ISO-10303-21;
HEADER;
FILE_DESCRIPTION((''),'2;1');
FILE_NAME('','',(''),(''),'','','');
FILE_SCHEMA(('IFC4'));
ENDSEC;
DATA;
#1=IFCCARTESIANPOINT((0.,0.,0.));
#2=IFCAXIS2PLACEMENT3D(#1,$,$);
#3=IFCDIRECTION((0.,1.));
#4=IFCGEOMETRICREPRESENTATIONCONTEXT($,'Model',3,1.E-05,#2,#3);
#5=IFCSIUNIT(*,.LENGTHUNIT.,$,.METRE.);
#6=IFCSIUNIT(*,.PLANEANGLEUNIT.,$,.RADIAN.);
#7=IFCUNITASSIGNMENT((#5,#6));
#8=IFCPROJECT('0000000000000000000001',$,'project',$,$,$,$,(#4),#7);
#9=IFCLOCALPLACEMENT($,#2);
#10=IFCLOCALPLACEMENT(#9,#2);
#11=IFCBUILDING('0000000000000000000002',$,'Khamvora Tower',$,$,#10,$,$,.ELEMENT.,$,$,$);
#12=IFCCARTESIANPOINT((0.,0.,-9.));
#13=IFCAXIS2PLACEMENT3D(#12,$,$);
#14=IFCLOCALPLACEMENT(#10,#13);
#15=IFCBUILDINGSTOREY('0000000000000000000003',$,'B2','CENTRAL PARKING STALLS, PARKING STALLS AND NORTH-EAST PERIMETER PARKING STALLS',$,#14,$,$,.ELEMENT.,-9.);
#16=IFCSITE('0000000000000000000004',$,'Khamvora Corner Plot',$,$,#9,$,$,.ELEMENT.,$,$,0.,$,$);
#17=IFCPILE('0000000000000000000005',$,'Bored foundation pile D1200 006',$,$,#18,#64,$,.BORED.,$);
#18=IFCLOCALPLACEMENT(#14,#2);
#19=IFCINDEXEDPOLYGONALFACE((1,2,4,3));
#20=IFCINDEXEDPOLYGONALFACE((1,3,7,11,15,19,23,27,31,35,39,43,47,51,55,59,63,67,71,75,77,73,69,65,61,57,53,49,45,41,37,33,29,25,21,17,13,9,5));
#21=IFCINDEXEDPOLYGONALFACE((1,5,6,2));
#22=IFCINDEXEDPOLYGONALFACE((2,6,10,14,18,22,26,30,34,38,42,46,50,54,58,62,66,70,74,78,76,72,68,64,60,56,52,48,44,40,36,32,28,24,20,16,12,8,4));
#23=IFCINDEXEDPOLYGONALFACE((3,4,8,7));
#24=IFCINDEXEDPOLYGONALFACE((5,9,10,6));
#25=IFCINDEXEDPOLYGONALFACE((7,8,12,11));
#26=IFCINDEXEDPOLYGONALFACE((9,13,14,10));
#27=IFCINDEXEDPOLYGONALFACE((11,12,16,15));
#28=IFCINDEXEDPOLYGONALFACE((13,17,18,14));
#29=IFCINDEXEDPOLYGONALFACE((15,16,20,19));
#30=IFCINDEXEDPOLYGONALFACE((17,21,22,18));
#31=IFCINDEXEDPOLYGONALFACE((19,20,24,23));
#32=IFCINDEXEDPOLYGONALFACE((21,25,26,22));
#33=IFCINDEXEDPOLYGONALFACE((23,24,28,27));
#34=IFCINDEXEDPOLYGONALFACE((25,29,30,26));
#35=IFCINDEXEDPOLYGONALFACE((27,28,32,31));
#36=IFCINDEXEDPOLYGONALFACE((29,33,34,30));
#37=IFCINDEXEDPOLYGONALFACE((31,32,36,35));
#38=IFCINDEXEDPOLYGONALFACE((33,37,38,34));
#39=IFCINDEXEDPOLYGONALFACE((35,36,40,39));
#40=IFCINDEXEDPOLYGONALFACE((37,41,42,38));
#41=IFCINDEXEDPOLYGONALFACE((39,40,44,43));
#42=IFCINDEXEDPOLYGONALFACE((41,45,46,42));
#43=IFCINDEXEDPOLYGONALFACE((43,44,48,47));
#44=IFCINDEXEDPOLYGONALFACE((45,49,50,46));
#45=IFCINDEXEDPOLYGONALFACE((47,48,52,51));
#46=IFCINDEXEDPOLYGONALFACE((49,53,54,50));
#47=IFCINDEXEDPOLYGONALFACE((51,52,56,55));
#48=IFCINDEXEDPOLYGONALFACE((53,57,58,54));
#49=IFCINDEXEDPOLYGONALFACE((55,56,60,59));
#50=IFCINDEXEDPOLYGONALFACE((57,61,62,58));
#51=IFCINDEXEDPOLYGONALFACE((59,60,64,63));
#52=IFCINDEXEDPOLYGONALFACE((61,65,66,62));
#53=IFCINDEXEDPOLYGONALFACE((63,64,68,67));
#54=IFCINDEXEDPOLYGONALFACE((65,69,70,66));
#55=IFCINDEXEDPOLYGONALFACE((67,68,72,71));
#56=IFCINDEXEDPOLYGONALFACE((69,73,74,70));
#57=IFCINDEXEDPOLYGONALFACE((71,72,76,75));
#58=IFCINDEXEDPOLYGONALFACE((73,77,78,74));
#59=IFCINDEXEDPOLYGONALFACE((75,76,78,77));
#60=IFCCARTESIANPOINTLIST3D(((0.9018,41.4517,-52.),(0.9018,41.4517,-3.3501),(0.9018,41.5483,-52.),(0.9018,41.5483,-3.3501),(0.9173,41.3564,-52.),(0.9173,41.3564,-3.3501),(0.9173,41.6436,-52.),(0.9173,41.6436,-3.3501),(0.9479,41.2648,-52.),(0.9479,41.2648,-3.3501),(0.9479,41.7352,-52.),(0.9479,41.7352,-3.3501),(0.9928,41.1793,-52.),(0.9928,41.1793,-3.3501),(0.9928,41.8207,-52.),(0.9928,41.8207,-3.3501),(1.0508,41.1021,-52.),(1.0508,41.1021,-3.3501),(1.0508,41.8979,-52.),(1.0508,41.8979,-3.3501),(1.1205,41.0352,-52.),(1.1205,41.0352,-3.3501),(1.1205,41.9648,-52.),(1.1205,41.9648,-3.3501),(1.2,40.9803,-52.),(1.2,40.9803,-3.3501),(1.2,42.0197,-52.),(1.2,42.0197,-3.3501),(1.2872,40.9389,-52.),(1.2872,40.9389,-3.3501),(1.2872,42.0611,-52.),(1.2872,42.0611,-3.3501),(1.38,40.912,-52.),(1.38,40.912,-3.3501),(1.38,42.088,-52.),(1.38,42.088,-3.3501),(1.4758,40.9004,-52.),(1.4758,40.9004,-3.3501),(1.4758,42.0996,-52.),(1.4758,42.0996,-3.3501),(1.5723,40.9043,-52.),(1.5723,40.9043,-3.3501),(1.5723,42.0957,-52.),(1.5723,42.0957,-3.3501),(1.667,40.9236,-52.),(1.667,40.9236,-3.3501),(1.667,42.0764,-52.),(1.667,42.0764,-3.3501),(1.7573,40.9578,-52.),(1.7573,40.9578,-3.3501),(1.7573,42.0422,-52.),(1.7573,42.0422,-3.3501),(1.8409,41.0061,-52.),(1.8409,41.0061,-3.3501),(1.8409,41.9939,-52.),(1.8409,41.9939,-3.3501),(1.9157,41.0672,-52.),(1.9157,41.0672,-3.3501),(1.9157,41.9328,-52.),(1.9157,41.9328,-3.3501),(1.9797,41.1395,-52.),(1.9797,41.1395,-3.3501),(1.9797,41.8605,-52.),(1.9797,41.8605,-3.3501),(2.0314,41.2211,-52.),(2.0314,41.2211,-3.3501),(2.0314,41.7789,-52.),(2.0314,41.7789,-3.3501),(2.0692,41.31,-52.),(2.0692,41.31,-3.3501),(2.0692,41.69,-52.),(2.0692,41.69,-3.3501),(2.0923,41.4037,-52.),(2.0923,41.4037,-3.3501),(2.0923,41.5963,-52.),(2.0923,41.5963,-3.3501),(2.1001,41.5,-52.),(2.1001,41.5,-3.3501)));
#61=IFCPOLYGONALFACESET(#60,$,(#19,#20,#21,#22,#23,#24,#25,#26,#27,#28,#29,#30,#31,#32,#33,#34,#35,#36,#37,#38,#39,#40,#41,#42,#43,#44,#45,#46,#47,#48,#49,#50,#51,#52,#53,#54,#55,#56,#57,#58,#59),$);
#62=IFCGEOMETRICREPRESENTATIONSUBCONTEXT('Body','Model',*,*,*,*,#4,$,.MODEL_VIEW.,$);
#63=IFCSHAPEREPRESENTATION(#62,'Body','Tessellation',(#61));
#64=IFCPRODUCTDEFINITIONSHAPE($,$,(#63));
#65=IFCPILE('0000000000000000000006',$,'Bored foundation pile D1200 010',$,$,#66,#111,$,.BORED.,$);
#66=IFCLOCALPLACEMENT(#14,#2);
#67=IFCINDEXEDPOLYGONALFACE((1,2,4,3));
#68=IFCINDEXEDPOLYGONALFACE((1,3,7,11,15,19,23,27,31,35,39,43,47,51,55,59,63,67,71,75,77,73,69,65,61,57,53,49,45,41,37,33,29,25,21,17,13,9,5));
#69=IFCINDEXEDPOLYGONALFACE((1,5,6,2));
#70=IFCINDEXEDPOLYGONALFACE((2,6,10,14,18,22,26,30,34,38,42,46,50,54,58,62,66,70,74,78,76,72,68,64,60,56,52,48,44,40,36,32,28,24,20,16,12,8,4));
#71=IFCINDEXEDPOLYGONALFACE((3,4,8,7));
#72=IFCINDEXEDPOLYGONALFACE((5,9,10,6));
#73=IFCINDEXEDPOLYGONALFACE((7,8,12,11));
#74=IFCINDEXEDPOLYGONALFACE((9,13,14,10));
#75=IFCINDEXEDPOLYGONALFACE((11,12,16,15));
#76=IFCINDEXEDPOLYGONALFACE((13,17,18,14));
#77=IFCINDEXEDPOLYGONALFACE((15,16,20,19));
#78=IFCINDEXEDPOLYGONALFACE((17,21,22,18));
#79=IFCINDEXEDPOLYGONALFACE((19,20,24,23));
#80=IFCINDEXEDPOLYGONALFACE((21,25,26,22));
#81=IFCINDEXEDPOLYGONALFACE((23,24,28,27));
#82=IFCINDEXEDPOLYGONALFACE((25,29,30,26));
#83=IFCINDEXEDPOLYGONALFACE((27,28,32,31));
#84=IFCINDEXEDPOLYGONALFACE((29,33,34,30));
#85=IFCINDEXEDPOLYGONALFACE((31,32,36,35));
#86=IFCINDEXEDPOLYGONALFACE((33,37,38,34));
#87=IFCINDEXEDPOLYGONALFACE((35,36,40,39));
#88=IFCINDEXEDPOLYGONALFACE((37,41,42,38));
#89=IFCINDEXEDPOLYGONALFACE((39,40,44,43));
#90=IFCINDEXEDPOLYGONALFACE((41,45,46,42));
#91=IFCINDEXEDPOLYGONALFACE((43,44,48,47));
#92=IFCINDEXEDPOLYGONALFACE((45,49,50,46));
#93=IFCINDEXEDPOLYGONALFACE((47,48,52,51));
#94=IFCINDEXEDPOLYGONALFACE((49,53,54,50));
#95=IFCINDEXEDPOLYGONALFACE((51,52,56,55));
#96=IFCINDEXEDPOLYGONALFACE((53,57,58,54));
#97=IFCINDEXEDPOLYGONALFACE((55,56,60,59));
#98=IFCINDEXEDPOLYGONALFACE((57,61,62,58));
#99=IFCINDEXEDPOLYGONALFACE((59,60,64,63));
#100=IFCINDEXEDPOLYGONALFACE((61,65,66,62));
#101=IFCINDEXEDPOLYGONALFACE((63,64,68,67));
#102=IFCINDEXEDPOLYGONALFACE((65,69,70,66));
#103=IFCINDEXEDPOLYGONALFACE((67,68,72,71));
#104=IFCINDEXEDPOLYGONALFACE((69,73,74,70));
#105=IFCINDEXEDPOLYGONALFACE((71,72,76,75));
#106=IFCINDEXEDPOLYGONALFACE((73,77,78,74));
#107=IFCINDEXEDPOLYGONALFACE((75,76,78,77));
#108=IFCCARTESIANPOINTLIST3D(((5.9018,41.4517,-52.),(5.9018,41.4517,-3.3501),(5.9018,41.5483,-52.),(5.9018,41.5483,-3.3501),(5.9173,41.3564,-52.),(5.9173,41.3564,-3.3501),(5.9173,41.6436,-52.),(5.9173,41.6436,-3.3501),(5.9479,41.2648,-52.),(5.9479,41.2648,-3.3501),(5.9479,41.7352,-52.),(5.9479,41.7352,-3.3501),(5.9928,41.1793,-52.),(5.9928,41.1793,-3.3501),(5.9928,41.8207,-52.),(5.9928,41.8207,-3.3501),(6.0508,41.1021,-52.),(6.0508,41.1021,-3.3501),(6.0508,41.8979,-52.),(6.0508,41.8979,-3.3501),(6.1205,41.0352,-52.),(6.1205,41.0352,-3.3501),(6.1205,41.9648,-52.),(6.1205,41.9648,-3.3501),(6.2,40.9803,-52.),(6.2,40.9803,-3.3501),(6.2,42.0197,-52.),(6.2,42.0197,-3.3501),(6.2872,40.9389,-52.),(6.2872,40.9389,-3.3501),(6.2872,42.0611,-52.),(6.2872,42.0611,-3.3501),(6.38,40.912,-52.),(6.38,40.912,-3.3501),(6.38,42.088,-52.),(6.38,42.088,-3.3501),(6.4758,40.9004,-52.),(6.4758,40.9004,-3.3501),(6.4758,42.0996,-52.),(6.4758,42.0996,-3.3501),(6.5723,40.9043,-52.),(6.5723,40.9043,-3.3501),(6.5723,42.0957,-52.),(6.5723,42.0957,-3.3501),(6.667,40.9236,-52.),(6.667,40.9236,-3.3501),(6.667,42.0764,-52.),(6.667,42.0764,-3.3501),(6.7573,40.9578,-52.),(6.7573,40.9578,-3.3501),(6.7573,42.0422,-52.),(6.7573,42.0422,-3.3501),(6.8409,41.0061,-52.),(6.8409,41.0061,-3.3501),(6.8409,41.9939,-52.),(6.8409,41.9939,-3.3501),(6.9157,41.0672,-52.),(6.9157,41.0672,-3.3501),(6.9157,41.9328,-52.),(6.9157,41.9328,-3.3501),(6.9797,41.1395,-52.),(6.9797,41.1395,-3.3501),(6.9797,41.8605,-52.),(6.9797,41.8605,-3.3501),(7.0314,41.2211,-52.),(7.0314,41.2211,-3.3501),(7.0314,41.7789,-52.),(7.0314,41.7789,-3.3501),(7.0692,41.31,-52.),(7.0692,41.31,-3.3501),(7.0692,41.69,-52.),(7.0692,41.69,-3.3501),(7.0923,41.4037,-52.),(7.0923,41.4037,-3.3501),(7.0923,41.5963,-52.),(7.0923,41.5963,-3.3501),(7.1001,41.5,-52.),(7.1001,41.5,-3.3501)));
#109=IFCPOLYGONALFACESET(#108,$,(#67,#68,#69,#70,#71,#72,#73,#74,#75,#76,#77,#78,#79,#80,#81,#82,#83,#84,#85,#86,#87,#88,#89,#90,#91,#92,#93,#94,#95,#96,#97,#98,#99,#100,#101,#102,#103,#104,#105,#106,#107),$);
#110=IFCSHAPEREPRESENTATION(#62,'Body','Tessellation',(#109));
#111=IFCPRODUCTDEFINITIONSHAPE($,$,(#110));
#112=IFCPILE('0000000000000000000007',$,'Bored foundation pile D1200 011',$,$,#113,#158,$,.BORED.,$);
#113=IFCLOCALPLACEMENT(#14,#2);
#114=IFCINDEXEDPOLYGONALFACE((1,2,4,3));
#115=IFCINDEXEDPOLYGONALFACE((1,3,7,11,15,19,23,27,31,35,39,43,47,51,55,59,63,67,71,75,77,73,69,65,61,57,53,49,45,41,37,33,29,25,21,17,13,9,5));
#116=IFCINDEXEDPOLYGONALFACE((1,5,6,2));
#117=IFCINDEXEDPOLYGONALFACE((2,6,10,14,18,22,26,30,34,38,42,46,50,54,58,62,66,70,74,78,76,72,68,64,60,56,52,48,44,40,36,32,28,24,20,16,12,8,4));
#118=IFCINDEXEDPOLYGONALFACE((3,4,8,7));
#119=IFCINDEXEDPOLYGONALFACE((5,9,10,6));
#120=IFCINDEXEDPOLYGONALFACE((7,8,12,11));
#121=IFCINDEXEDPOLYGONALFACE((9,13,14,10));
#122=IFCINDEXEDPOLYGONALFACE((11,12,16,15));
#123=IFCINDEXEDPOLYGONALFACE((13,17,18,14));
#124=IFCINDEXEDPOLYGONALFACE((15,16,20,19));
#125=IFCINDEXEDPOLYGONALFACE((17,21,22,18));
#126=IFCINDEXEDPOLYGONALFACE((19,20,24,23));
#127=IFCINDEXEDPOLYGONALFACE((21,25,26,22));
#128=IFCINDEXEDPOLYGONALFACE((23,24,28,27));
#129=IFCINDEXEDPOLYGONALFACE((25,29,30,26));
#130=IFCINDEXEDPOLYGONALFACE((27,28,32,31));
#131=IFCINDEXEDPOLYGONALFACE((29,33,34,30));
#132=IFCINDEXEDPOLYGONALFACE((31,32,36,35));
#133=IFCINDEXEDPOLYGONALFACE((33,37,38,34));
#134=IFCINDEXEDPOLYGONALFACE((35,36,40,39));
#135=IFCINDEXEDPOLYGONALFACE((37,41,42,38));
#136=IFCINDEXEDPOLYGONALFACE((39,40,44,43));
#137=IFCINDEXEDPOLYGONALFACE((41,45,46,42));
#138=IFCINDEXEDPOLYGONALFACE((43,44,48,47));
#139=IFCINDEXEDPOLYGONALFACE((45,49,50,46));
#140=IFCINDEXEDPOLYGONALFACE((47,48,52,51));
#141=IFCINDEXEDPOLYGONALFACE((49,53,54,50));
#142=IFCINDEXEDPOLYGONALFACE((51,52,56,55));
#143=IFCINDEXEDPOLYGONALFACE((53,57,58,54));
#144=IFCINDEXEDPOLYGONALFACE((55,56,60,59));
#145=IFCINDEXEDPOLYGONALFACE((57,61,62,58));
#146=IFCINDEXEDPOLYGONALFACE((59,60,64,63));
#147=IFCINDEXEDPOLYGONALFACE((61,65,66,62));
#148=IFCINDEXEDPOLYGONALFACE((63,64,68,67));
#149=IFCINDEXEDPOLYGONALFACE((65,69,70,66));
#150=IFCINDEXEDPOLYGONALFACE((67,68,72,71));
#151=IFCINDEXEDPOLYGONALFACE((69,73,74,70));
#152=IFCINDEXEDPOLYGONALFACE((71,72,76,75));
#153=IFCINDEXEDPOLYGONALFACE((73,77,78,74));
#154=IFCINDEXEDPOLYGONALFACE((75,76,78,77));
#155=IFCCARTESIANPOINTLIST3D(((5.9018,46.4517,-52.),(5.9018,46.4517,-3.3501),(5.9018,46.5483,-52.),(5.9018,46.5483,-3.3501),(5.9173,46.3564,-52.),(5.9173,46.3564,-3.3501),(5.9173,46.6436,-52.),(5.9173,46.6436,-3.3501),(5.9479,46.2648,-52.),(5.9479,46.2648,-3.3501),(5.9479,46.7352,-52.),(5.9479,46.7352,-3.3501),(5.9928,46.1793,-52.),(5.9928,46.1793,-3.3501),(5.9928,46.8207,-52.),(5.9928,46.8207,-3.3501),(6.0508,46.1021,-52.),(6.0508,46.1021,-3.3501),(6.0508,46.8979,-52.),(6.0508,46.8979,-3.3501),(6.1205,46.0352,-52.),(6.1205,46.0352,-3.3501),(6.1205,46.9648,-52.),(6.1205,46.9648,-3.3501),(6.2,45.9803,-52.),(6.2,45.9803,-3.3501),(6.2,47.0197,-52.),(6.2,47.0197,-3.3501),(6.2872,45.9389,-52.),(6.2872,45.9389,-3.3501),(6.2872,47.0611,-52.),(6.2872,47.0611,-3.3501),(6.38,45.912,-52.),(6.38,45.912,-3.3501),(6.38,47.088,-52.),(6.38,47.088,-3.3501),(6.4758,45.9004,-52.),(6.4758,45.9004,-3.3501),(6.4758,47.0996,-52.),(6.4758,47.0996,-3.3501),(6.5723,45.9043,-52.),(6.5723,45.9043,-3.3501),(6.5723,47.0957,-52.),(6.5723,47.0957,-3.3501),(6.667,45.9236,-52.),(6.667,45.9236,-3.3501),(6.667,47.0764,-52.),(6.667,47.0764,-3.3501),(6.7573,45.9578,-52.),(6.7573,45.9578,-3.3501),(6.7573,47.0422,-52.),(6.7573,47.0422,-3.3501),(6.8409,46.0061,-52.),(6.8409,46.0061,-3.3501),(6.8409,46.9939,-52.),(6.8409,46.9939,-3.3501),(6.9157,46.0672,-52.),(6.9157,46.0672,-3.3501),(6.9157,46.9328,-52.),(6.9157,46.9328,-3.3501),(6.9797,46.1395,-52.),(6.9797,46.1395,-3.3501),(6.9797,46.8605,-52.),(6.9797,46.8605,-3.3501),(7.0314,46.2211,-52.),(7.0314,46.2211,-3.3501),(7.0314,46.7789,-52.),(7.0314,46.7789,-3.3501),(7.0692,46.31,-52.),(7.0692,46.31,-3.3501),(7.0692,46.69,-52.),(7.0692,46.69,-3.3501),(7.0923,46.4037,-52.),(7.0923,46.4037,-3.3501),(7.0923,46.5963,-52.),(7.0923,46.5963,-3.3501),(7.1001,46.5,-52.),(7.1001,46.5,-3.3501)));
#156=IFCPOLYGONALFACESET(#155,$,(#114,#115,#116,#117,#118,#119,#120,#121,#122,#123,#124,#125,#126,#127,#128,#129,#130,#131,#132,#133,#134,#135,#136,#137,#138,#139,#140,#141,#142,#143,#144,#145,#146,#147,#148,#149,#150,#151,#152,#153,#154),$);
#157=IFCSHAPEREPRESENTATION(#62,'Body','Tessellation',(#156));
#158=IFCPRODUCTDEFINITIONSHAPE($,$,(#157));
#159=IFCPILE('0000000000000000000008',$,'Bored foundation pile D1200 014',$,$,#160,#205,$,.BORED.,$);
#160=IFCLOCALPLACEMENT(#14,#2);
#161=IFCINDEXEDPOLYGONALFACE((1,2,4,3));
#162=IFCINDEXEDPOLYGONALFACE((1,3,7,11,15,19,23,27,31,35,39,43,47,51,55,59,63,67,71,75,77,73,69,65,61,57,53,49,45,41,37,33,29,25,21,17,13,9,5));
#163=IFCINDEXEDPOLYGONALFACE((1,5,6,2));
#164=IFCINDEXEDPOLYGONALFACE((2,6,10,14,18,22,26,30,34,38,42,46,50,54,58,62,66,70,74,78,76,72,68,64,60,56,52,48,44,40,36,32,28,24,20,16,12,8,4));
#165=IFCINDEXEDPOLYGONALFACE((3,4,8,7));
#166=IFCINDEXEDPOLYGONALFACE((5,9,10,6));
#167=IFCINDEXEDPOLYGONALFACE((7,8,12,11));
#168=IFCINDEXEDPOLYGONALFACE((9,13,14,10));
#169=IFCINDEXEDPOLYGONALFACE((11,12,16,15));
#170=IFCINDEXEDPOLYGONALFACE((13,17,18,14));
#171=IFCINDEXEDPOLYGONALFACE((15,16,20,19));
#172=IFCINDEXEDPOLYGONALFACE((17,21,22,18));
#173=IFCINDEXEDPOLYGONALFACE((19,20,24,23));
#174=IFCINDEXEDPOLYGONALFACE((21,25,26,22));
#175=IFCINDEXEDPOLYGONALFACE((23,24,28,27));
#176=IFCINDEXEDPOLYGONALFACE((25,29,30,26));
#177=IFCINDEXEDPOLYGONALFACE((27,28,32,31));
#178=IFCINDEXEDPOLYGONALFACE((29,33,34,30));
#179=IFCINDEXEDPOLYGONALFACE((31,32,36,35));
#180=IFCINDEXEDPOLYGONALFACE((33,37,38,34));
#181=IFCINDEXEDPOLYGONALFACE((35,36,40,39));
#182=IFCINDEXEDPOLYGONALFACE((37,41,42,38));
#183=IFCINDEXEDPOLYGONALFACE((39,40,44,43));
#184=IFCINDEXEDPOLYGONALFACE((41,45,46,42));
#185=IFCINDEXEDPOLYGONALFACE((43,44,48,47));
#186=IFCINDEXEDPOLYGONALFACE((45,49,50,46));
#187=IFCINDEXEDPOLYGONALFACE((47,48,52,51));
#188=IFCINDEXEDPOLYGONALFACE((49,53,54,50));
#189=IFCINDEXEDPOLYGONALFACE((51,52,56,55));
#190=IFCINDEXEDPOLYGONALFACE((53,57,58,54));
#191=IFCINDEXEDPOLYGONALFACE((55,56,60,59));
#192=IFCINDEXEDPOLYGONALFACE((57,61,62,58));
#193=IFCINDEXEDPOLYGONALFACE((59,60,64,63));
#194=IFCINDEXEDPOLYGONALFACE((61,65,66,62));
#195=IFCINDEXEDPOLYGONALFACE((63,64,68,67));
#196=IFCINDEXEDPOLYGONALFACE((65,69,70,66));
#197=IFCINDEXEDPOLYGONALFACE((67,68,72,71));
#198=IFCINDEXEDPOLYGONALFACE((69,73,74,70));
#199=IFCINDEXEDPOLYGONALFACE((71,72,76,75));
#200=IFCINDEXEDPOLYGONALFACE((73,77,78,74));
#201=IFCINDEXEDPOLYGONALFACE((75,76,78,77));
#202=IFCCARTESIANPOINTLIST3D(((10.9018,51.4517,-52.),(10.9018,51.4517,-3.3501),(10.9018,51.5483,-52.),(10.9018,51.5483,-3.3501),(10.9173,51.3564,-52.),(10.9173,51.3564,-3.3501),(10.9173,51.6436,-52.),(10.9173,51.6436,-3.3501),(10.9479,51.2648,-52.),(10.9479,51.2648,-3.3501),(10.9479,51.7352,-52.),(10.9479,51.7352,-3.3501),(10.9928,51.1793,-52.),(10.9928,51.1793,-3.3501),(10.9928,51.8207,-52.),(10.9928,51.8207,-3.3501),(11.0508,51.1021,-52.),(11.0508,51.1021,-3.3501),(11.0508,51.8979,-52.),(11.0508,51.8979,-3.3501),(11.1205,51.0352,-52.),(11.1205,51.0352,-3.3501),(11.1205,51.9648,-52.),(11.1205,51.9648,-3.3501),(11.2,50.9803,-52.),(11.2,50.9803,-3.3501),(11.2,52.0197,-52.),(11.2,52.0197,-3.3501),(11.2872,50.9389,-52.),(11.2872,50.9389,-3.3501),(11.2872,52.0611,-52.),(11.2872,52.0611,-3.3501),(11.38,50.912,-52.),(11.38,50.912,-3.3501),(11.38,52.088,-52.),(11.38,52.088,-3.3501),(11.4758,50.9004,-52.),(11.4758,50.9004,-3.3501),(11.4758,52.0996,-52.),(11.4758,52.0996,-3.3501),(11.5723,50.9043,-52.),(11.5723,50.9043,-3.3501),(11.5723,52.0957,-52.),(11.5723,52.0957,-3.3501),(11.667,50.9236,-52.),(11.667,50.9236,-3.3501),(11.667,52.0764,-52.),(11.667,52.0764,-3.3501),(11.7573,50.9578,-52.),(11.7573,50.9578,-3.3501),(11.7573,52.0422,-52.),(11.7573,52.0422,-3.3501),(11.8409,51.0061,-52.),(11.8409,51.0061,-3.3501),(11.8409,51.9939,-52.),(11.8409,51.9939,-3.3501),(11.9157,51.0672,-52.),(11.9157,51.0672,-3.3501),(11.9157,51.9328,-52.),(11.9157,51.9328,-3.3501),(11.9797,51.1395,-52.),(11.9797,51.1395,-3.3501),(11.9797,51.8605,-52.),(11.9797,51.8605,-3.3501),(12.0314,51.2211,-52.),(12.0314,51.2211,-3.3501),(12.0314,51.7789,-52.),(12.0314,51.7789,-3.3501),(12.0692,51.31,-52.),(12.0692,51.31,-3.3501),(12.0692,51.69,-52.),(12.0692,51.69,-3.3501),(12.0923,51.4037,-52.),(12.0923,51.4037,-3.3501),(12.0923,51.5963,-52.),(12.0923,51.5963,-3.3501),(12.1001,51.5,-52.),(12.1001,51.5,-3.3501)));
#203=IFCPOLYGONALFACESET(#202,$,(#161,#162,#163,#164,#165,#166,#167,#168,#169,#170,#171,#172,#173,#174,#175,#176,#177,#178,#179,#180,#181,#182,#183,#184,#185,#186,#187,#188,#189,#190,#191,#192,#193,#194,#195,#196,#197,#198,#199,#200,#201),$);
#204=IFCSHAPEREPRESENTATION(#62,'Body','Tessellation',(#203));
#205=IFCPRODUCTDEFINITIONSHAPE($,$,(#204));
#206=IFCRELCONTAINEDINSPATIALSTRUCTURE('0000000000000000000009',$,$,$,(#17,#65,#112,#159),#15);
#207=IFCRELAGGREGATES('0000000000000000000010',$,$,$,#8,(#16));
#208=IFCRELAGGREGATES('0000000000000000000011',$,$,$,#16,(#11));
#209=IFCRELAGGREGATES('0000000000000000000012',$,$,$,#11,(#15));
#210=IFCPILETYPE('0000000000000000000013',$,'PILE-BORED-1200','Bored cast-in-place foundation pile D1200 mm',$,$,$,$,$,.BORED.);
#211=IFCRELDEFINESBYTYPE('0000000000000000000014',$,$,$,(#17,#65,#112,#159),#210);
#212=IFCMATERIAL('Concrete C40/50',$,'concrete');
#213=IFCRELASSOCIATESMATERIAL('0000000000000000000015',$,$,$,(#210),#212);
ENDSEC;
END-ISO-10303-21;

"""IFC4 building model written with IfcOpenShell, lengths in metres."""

from ifc_helpers import new_model, si_unit, direction, frame, origin, origin_2d, place, context, subcontext, project, spatial, circle, extrude, material, material_profile, profile_set, type_object, element, save


model = new_model("IFC4")

# Units and contexts
model_context = context("Model", 3, precision=1e-05, world=origin(), true_north=direction((0.0, 1.0)))
body_context = subcontext(model_context, "Body", "Model", "MODEL_VIEW")
ifc_project = project(units=[si_unit("LENGTHUNIT", "METRE"), si_unit("PLANEANGLEUNIT", "RADIAN")], contexts=[model_context])

# Site, building, storey
site_placement = place(None, origin())
site = spatial("IfcSite", under=ifc_project, at=site_placement, Name="Khamvora Corner Plot", CompositionType="ELEMENT", RefElevation=0.0)
building_placement = place(site_placement, origin())
building = spatial("IfcBuilding", under=site, at=building_placement, Name="Khamvora Tower", CompositionType="ELEMENT")
storey_placement = place(building_placement, frame((0.0, 0.0, -9.0)))
storey = spatial("IfcBuildingStorey", under=building, at=storey_placement, Name="B2", Description="CENTRAL PARKING STALLS, PARKING STALLS AND NORTH-EAST PERIMETER PARKING STALLS", CompositionType="ELEMENT", Elevation=-9.0)

# Piles
ifc_material_1 = material(Name="Concrete C40/50", Category="concrete")
ifc_material_profile_1 = material_profile(ifc_material_1, circle(Radius=0.6001, at=origin_2d()), Name="PILE_D1200")
ifc_profile_set_1 = profile_set([ifc_material_profile_1], Name="Concrete C40/50")
pile_type_1 = type_object("IfcPileType", Name="PILE-BORED-1200", Description="Bored cast-in-place foundation pile D1200 mm", PredefinedType="BORED", material=ifc_profile_set_1)
for number, where, z_axis, x_axis, name in (
    (1, (1.5, 41.5, -3.3501), (0.0, 0.0, -1.0), (1.0, 0.0, 0.0), "Bored foundation pile D1200 006"),
    (2, (6.5, 41.5, -3.3501), (0.0, 0.0, -1.0), (1.0, 0.0, 0.0), "Bored foundation pile D1200 010"),
    (3, (6.5, 46.5, -3.3501), (0.0, 0.0, -1.0), (1.0, 0.0, 0.0), "Bored foundation pile D1200 011"),
    (4, (11.5, 51.5, -3.3501), (0.0, 0.0, -1.0), (1.0, 0.0, 0.0), "Bored foundation pile D1200 014"),
):
    element("IfcPile", number, at=place(storey_placement, frame(where, z_axis=z_axis, x_axis=x_axis)), inside=storey, type_object=pile_type_1, Name=name, PredefinedType="BORED", context=body_context, shape_type="SweptSolid", body=[
        extrude(circle(Radius=0.6001, at=origin_2d()), origin(), (0.0, 0.0, 1.0), 48.6499),
    ])

save(model, "model.ifc")
